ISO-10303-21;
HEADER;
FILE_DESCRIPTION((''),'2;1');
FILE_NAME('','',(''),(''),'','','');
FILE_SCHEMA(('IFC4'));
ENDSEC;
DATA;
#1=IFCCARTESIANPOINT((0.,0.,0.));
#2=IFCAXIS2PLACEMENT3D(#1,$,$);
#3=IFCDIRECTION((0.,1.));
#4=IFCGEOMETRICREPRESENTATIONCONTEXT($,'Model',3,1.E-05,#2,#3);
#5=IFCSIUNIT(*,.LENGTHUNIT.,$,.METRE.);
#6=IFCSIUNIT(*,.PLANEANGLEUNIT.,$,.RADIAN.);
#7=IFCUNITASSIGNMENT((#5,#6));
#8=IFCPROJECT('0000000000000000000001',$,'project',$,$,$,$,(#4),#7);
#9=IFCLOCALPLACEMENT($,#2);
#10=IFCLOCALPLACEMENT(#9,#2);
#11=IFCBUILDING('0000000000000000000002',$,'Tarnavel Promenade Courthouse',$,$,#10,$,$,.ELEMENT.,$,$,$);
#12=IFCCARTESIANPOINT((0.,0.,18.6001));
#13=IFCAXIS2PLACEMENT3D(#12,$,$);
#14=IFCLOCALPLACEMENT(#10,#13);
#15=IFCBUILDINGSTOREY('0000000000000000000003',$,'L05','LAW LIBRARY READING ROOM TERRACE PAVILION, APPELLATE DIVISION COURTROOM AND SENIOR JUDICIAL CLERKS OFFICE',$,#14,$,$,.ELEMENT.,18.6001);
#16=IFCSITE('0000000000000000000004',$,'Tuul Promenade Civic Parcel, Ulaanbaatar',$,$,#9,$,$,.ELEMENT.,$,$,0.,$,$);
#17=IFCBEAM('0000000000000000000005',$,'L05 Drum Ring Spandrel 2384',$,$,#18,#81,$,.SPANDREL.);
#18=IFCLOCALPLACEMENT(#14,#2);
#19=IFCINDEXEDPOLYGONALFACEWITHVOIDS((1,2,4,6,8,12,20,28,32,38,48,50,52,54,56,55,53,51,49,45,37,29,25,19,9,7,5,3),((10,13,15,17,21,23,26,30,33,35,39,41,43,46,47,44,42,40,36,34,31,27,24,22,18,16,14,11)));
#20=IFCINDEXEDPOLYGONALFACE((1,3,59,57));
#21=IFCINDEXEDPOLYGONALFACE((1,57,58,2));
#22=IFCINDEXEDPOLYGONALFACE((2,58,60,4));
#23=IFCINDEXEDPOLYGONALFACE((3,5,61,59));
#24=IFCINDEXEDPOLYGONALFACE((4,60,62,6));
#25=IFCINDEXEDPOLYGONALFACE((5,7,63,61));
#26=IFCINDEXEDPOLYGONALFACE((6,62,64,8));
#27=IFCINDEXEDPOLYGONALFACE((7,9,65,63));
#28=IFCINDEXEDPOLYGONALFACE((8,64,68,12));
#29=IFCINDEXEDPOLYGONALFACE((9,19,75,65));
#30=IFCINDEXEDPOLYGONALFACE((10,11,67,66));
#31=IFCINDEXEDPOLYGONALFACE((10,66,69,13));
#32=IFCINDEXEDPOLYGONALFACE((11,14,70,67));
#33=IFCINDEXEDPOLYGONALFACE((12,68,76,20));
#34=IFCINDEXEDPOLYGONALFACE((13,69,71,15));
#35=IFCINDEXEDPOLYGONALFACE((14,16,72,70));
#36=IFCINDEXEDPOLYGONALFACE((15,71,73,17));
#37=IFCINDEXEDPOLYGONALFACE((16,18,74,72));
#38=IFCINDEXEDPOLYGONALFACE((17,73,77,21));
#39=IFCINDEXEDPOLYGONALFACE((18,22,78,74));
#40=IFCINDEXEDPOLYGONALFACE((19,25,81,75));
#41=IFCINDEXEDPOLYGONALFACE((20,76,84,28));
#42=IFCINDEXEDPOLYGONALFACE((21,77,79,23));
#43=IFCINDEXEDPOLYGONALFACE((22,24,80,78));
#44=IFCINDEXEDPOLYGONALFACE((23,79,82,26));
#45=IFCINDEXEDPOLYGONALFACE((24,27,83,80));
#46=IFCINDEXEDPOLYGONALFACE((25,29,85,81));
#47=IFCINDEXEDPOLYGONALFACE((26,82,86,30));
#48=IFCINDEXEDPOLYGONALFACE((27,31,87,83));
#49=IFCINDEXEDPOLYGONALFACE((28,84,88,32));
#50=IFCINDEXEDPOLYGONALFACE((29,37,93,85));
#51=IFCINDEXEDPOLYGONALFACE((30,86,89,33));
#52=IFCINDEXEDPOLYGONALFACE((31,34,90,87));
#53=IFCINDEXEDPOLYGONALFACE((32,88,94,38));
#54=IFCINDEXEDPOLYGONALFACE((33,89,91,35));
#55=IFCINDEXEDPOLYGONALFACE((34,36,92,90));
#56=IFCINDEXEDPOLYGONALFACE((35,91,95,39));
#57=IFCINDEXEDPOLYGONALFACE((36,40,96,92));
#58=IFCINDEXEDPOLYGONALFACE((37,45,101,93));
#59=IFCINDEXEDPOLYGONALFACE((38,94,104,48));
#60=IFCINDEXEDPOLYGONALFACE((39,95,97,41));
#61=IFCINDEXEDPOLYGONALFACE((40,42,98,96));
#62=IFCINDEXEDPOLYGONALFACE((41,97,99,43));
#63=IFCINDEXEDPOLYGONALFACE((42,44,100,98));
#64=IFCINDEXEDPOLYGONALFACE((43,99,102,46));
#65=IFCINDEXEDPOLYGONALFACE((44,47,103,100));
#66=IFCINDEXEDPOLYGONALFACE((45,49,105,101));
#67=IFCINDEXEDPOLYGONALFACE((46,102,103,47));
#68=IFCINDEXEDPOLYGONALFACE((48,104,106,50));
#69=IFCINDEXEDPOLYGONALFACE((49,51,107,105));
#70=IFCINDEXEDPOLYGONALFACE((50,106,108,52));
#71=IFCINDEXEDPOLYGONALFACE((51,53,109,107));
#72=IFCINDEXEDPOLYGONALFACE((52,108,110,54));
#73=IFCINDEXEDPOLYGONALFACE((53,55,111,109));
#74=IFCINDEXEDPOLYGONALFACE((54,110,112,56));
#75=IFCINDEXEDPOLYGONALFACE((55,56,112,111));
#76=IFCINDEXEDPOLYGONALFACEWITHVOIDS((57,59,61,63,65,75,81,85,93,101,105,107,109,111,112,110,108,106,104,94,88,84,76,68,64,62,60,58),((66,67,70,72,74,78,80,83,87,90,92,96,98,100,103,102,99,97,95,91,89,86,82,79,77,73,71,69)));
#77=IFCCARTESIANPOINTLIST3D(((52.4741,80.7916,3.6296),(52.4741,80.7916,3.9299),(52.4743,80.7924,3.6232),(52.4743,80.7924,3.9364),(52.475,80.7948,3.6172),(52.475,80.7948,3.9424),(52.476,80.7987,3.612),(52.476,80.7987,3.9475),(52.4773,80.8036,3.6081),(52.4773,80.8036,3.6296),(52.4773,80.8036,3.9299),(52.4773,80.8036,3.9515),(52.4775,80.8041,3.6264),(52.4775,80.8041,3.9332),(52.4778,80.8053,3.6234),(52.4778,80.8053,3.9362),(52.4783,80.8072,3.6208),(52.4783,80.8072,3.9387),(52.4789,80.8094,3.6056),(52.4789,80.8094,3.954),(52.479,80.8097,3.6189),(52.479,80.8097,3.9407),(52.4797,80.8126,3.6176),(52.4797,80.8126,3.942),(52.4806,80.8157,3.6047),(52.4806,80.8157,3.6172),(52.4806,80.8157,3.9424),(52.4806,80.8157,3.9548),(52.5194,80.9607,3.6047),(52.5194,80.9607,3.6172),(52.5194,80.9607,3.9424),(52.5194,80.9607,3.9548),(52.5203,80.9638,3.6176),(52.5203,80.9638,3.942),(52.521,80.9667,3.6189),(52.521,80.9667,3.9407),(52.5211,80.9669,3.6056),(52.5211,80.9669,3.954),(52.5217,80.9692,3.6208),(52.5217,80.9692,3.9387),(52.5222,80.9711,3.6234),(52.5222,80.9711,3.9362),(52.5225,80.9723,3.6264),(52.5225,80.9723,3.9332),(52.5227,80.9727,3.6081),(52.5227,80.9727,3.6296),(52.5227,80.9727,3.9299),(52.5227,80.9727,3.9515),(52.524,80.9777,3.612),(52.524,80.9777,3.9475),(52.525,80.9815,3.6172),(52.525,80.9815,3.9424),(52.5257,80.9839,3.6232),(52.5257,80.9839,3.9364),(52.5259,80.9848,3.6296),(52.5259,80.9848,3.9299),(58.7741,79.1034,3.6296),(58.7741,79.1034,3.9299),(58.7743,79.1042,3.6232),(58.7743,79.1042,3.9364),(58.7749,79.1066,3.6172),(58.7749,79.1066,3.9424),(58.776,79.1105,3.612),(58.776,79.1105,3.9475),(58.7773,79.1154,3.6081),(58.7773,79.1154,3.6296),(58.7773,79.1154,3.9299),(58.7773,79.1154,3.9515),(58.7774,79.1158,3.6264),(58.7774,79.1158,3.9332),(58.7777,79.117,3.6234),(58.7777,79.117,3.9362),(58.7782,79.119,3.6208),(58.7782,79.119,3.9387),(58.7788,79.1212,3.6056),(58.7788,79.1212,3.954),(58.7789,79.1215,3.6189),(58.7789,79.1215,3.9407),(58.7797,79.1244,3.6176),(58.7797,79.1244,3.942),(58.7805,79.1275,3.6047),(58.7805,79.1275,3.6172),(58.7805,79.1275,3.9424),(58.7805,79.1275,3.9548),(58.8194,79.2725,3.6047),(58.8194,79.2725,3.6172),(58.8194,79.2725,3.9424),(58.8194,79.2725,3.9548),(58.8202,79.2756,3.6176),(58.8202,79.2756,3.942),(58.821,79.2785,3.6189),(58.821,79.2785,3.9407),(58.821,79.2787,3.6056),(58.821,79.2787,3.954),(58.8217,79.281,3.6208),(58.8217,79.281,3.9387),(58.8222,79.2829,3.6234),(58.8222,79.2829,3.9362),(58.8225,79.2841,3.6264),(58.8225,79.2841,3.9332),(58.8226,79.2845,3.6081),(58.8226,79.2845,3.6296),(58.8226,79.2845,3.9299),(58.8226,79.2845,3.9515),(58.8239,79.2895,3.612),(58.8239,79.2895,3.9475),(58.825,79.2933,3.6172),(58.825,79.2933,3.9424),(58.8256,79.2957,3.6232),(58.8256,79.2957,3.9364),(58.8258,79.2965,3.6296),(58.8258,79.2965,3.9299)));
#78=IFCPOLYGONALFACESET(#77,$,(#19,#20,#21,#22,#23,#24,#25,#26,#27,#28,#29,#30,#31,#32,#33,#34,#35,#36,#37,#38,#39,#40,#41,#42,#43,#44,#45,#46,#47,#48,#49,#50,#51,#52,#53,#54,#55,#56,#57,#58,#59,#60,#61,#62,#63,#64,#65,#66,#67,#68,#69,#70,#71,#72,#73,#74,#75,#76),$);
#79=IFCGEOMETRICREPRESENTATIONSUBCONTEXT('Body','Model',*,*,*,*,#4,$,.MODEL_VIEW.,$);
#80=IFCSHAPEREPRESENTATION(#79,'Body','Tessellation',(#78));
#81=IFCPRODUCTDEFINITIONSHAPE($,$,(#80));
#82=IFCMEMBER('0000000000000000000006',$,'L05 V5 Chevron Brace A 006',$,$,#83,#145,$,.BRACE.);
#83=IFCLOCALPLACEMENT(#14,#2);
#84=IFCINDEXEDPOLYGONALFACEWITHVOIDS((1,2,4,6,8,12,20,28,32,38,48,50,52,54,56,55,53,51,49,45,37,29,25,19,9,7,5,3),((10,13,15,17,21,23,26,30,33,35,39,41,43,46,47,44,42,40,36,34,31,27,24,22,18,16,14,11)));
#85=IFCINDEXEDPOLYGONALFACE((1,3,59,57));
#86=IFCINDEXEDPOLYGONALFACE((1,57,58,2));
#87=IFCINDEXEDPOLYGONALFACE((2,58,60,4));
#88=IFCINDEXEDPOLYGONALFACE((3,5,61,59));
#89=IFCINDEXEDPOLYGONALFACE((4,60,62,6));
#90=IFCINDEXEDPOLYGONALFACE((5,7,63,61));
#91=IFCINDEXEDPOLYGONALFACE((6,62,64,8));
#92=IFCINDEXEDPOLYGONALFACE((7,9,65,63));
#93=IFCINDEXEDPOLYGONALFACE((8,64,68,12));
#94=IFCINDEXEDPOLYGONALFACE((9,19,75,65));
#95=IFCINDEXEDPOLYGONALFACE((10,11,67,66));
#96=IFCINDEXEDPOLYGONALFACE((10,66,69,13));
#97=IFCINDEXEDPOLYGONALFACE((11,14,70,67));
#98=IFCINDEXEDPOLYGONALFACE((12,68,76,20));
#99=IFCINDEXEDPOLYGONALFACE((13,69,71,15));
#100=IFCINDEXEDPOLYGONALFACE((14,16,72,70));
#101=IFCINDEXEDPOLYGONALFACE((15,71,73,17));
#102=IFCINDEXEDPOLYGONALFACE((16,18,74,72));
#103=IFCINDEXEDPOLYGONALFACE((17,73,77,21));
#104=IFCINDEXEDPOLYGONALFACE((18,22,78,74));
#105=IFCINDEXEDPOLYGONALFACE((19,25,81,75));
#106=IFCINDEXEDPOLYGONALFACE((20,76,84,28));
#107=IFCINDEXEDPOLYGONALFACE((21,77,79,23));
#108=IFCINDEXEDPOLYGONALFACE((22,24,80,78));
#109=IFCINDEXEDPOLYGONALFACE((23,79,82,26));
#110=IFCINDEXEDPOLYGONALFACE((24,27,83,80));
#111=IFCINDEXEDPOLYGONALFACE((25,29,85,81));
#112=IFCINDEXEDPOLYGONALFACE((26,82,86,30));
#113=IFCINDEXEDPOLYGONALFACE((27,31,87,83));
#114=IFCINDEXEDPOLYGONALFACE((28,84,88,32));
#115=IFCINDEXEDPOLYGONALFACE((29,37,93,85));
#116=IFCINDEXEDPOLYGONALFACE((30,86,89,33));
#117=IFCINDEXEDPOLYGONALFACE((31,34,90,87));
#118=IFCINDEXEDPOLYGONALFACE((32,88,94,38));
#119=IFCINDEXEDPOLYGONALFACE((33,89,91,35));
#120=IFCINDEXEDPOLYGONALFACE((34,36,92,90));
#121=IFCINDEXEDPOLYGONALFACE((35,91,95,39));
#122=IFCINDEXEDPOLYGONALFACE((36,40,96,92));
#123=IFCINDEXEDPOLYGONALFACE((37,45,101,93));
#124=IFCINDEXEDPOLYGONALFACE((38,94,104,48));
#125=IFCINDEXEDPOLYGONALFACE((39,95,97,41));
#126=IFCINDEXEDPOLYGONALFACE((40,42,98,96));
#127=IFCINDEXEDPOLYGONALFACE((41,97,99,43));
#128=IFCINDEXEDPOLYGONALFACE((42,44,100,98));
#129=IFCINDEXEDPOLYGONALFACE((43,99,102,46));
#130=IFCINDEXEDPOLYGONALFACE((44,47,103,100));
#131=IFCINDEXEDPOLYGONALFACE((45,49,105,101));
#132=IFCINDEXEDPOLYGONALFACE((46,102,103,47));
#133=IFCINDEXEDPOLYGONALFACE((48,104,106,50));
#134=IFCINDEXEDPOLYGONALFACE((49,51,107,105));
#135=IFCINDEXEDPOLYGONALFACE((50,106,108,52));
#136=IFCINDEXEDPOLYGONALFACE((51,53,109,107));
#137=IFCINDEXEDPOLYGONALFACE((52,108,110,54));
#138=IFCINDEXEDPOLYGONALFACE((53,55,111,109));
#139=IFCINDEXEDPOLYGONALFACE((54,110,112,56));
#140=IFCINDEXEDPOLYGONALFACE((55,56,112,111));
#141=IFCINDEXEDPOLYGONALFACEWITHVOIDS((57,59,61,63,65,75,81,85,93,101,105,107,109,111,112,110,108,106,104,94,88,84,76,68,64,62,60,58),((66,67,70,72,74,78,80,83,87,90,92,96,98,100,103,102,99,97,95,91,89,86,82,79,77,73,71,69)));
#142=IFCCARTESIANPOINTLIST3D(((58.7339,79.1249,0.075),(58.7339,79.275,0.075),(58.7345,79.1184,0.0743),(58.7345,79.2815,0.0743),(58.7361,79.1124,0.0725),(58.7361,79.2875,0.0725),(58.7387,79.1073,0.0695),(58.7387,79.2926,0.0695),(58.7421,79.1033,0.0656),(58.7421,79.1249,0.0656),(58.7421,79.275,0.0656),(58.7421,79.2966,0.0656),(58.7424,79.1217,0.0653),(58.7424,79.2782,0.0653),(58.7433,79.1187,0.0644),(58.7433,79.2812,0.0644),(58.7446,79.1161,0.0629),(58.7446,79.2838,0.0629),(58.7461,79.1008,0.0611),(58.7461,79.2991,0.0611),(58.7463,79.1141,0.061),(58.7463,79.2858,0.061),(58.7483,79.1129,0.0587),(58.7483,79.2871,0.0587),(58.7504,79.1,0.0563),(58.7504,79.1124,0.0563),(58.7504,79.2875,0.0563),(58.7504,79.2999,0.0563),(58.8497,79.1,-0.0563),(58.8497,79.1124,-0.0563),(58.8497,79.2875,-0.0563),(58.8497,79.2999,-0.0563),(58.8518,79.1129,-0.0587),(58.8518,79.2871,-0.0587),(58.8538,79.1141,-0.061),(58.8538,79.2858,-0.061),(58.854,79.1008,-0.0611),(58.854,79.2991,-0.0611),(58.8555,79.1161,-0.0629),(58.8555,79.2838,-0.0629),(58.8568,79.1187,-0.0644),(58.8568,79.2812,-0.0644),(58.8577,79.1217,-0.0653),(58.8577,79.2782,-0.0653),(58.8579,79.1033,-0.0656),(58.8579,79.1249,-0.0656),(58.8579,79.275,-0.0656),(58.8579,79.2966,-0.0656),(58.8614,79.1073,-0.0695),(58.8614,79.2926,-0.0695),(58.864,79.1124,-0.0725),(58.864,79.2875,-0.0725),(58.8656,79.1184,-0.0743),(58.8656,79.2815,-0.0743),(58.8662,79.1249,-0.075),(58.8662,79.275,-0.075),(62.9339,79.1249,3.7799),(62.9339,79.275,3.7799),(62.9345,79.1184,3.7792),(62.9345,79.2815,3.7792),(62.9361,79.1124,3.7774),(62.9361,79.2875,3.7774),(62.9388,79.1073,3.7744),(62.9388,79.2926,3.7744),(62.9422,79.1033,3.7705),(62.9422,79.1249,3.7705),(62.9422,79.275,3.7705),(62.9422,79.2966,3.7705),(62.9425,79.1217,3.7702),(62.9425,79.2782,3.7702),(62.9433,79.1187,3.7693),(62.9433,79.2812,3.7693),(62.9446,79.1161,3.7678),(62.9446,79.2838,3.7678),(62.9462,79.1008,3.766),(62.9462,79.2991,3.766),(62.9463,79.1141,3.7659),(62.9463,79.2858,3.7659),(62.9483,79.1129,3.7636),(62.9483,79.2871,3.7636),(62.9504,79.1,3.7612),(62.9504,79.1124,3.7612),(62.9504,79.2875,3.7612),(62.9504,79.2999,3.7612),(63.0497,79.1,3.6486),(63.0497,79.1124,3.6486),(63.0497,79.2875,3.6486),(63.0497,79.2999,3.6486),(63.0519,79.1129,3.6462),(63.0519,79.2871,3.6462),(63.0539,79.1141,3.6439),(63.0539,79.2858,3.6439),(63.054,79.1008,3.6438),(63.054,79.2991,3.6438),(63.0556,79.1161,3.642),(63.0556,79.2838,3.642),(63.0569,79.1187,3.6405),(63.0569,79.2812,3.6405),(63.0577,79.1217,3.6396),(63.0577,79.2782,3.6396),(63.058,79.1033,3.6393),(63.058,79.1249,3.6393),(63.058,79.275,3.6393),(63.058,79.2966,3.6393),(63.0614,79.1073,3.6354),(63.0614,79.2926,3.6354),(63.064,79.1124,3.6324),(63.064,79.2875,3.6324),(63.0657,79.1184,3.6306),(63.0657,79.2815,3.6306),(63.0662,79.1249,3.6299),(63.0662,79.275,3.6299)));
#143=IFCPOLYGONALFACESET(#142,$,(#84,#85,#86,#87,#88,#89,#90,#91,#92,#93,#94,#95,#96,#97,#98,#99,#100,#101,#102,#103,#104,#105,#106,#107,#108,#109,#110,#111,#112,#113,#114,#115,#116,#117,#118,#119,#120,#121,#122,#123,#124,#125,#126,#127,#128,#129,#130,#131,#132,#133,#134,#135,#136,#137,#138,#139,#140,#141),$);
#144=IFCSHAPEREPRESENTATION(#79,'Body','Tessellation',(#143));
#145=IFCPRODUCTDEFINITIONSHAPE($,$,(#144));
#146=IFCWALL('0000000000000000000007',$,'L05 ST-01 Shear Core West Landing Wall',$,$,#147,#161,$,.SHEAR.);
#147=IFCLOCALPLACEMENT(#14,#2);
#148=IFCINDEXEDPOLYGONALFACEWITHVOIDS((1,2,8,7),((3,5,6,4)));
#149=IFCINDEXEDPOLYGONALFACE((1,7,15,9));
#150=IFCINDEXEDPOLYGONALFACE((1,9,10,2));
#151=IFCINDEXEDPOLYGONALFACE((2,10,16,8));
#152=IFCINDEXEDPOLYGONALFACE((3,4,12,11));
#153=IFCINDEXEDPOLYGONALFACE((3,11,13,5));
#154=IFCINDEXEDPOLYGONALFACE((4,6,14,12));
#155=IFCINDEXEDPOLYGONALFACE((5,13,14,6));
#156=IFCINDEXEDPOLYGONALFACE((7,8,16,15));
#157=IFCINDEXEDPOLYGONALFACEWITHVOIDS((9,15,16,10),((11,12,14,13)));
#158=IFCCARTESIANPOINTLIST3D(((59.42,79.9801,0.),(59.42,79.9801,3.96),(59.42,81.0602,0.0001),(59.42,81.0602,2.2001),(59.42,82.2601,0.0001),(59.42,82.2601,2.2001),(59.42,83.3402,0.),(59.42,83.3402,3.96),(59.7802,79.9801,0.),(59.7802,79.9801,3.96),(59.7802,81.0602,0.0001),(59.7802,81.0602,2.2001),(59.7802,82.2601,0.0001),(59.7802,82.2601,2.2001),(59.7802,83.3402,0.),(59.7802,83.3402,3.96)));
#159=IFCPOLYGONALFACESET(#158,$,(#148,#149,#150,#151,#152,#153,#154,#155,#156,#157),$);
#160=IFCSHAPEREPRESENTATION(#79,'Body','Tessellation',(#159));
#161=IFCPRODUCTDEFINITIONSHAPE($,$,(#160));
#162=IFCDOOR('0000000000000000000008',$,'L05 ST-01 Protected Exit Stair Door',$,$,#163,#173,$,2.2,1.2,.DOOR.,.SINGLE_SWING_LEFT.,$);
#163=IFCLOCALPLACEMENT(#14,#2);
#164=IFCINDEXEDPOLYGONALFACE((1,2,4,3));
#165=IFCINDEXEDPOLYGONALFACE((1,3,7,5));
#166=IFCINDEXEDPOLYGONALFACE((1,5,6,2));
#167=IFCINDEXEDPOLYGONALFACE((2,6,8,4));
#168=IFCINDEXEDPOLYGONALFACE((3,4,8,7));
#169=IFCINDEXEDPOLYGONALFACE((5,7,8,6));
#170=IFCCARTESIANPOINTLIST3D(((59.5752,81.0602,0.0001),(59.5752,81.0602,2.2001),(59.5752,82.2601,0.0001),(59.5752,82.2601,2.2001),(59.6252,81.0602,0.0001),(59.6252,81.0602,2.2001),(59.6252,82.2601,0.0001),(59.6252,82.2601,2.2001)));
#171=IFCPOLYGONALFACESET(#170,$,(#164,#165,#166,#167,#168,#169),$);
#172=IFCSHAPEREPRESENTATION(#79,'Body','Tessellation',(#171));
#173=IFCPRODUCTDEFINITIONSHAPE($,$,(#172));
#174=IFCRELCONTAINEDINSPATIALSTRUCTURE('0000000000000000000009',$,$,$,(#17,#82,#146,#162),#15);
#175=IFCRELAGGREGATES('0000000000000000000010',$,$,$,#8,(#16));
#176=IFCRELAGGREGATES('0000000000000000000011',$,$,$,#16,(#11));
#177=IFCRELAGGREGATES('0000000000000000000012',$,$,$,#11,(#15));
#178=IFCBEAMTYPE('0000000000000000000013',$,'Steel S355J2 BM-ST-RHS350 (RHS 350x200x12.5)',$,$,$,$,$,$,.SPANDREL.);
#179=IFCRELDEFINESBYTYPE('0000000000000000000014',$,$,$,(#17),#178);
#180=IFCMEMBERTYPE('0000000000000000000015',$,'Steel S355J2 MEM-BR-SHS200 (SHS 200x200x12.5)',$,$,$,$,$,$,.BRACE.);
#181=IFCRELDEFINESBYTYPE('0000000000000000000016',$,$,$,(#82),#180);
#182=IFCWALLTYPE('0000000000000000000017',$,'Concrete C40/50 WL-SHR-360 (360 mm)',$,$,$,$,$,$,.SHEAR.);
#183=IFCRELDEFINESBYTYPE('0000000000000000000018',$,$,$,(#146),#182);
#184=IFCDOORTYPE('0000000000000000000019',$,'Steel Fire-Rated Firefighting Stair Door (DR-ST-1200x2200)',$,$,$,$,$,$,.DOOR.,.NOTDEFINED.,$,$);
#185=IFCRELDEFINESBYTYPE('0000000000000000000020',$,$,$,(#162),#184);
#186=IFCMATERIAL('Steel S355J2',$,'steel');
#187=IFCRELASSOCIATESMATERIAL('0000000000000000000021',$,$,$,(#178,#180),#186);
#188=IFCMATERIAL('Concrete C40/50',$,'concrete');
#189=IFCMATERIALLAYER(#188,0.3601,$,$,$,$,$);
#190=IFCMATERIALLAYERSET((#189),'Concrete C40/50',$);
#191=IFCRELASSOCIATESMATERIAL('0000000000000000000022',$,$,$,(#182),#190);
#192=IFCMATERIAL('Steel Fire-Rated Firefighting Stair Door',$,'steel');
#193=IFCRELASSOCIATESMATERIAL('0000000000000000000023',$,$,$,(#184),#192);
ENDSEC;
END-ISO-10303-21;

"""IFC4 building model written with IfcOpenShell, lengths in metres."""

from ifc_helpers import new_model, si_unit, direction, frame, frame_2d, origin, origin_2d, place, context, subcontext, project, spatial, rectangle, hollow_rectangle, extrude, material, layer, layer_set, material_profile, profile_set, type_object, element, fill, save


model = new_model("IFC4")

# Units and contexts
model_context = context("Model", 3, precision=1e-05, world=origin(), true_north=direction((0.0, 1.0)))
body_context = subcontext(model_context, "Body", "Model", "MODEL_VIEW")
ifc_project = project(units=[si_unit("LENGTHUNIT", "METRE"), si_unit("PLANEANGLEUNIT", "RADIAN")], contexts=[model_context])

# Site, building, storey
site_placement = place(None, origin())
site = spatial("IfcSite", under=ifc_project, at=site_placement, Name="Tuul Promenade Civic Parcel, Ulaanbaatar", CompositionType="ELEMENT", RefElevation=0.0)
building_placement = place(site_placement, origin())
building = spatial("IfcBuilding", under=site, at=building_placement, Name="Tarnavel Promenade Courthouse", CompositionType="ELEMENT")
storey_placement = place(building_placement, frame((0.0, 0.0, 18.6001)))
storey = spatial("IfcBuildingStorey", under=building, at=storey_placement, Name="L05", Description="LAW LIBRARY READING ROOM TERRACE PAVILION, APPELLATE DIVISION COURTROOM AND SENIOR JUDICIAL CLERKS OFFICE", CompositionType="ELEMENT", Elevation=18.6001)

# Shared definitions
ifc_material_1 = material(Name="Concrete C40/50", Category="concrete")

# Beam
ifc_material_2 = material(Name="Steel S355J2", Category="steel")
ifc_material_profile_1 = material_profile(ifc_material_2, hollow_rectangle(XDim=0.2, YDim=0.3501, WallThickness=0.0125, InnerFilletRadius=0.0125, OuterFilletRadius=0.0249, at=origin_2d()), Name="RHS 350x200x12.5")
ifc_profile_set_1 = profile_set([ifc_material_profile_1], Name="Steel S355J2")
beam_type_1 = type_object("IfcBeamType", Name="Steel S355J2 BM-ST-RHS350 (RHS 350x200x12.5)", PredefinedType="SPANDREL", material=ifc_profile_set_1)
beam_1_placement = place(storey_placement, frame((52.5, 80.8882, 3.7798), z_axis=(0.96592, -0.258839, 0.0), x_axis=(0.258839, 0.96592, 0.0)))
element("IfcBeam", 1, at=beam_1_placement, inside=storey, type_object=beam_type_1, Name="L05 Drum Ring Spandrel 2384", PredefinedType="SPANDREL", context=body_context, shape_type="SweptSolid", body=[
    extrude(hollow_rectangle(XDim=0.2, YDim=0.3501, WallThickness=0.0125, InnerFilletRadius=0.0125, OuterFilletRadius=0.0249, at=origin_2d()), origin(), (0.0, 0.0, 1.0), 6.5222),
])

# Member
ifc_material_profile_2 = material_profile(ifc_material_2, hollow_rectangle(XDim=0.2, YDim=0.2, WallThickness=0.0125, InnerFilletRadius=0.0125, OuterFilletRadius=0.0249, at=origin_2d()), Name="SHS 200x200x12.5")
ifc_profile_set_2 = profile_set([ifc_material_profile_2], Name="Steel S355J2")
member_type = type_object("IfcMemberType", Name="Steel S355J2 MEM-BR-SHS200 (SHS 200x200x12.5)", PredefinedType="BRACE", material=ifc_profile_set_2)
member_placement = place(storey_placement, frame((58.8, 79.2, 0.0), z_axis=(0.749927, 0.0, 0.661521), x_axis=(0.0, 1.0, 0.0)))
element("IfcMember", 2, at=member_placement, inside=storey, type_object=member_type, Name="L05 V5 Chevron Brace A 006", PredefinedType="BRACE", context=body_context, shape_type="SweptSolid", body=[
    extrude(hollow_rectangle(XDim=0.2, YDim=0.2, WallThickness=0.0125, InnerFilletRadius=0.0125, OuterFilletRadius=0.0249, at=origin_2d()), origin(), (0.0, 0.0, 1.0), 5.6006),
])

# Wall, opening, door
ifc_layer_1 = layer(ifc_material_1, 0.3601)
ifc_layer_set_1 = layer_set([ifc_layer_1], Name="Concrete C40/50")
wall_type_1 = type_object("IfcWallType", Name="Concrete C40/50 WL-SHR-360 (360 mm)", PredefinedType="SHEAR", material=ifc_layer_set_1)
wall_1_placement = place(storey_placement, frame((59.6001, 79.98, 0.0), z_axis=(0.0, 0.0, 1.0), x_axis=(0.0, 1.0, 0.0)))
wall_1 = element("IfcWall", 3, at=wall_1_placement, inside=storey, type_object=wall_type_1, Name="L05 ST-01 Shear Core West Landing Wall", PredefinedType="SHEAR", context=body_context, shape_type="SweptSolid", body=[
    extrude(rectangle(XDim=3.3601, YDim=0.3601, at=frame_2d((1.6802, 0.0))), origin(), (0.0, 0.0, 1.0), 3.96),
])
opening_1_placement = place(wall_1_placement, frame((1.0801, 0.0, 0.0)))
opening_1 = element("IfcOpeningElement", 4, at=opening_1_placement, cuts=wall_1, PredefinedType="OPENING", context=body_context, shape_type="SweptSolid", body=[
    extrude(rectangle(XDim=1.2, YDim=2.2, at=frame_2d((0.6001, 1.1001))), frame((0.0, 0.1899, 0.0), z_axis=(0.0, -1.0, 0.0), x_axis=(1.0, 0.0, 0.0)), (0.0, 0.0, 1.0), 0.3801),
])
ifc_material_3 = material(Name="Steel Fire-Rated Firefighting Stair Door", Category="steel")
door_type = type_object("IfcDoorType", Name="Steel Fire-Rated Firefighting Stair Door (DR-ST-1200x2200)", OperationType="NOTDEFINED", PredefinedType="DOOR", material=ifc_material_3)
door_placement = place(opening_1_placement, origin())
door = element("IfcDoor", 5, at=door_placement, inside=storey, type_object=door_type, Name="L05 ST-01 Protected Exit Stair Door", OperationType="SINGLE_SWING_LEFT", OverallHeight=2.2, OverallWidth=1.2, PredefinedType="DOOR", context=body_context, shape_type="SweptSolid", body=[
    extrude(rectangle(XDim=1.2, YDim=2.2, at=frame_2d((0.6001, 1.1001))), frame((0.0, 0.0249, 0.0), z_axis=(0.0, -1.0, 0.0), x_axis=(1.0, 0.0, 0.0)), (0.0, 0.0, 1.0), 0.05),
])
fill(opening_1, door)

save(model, "model.ifc")
